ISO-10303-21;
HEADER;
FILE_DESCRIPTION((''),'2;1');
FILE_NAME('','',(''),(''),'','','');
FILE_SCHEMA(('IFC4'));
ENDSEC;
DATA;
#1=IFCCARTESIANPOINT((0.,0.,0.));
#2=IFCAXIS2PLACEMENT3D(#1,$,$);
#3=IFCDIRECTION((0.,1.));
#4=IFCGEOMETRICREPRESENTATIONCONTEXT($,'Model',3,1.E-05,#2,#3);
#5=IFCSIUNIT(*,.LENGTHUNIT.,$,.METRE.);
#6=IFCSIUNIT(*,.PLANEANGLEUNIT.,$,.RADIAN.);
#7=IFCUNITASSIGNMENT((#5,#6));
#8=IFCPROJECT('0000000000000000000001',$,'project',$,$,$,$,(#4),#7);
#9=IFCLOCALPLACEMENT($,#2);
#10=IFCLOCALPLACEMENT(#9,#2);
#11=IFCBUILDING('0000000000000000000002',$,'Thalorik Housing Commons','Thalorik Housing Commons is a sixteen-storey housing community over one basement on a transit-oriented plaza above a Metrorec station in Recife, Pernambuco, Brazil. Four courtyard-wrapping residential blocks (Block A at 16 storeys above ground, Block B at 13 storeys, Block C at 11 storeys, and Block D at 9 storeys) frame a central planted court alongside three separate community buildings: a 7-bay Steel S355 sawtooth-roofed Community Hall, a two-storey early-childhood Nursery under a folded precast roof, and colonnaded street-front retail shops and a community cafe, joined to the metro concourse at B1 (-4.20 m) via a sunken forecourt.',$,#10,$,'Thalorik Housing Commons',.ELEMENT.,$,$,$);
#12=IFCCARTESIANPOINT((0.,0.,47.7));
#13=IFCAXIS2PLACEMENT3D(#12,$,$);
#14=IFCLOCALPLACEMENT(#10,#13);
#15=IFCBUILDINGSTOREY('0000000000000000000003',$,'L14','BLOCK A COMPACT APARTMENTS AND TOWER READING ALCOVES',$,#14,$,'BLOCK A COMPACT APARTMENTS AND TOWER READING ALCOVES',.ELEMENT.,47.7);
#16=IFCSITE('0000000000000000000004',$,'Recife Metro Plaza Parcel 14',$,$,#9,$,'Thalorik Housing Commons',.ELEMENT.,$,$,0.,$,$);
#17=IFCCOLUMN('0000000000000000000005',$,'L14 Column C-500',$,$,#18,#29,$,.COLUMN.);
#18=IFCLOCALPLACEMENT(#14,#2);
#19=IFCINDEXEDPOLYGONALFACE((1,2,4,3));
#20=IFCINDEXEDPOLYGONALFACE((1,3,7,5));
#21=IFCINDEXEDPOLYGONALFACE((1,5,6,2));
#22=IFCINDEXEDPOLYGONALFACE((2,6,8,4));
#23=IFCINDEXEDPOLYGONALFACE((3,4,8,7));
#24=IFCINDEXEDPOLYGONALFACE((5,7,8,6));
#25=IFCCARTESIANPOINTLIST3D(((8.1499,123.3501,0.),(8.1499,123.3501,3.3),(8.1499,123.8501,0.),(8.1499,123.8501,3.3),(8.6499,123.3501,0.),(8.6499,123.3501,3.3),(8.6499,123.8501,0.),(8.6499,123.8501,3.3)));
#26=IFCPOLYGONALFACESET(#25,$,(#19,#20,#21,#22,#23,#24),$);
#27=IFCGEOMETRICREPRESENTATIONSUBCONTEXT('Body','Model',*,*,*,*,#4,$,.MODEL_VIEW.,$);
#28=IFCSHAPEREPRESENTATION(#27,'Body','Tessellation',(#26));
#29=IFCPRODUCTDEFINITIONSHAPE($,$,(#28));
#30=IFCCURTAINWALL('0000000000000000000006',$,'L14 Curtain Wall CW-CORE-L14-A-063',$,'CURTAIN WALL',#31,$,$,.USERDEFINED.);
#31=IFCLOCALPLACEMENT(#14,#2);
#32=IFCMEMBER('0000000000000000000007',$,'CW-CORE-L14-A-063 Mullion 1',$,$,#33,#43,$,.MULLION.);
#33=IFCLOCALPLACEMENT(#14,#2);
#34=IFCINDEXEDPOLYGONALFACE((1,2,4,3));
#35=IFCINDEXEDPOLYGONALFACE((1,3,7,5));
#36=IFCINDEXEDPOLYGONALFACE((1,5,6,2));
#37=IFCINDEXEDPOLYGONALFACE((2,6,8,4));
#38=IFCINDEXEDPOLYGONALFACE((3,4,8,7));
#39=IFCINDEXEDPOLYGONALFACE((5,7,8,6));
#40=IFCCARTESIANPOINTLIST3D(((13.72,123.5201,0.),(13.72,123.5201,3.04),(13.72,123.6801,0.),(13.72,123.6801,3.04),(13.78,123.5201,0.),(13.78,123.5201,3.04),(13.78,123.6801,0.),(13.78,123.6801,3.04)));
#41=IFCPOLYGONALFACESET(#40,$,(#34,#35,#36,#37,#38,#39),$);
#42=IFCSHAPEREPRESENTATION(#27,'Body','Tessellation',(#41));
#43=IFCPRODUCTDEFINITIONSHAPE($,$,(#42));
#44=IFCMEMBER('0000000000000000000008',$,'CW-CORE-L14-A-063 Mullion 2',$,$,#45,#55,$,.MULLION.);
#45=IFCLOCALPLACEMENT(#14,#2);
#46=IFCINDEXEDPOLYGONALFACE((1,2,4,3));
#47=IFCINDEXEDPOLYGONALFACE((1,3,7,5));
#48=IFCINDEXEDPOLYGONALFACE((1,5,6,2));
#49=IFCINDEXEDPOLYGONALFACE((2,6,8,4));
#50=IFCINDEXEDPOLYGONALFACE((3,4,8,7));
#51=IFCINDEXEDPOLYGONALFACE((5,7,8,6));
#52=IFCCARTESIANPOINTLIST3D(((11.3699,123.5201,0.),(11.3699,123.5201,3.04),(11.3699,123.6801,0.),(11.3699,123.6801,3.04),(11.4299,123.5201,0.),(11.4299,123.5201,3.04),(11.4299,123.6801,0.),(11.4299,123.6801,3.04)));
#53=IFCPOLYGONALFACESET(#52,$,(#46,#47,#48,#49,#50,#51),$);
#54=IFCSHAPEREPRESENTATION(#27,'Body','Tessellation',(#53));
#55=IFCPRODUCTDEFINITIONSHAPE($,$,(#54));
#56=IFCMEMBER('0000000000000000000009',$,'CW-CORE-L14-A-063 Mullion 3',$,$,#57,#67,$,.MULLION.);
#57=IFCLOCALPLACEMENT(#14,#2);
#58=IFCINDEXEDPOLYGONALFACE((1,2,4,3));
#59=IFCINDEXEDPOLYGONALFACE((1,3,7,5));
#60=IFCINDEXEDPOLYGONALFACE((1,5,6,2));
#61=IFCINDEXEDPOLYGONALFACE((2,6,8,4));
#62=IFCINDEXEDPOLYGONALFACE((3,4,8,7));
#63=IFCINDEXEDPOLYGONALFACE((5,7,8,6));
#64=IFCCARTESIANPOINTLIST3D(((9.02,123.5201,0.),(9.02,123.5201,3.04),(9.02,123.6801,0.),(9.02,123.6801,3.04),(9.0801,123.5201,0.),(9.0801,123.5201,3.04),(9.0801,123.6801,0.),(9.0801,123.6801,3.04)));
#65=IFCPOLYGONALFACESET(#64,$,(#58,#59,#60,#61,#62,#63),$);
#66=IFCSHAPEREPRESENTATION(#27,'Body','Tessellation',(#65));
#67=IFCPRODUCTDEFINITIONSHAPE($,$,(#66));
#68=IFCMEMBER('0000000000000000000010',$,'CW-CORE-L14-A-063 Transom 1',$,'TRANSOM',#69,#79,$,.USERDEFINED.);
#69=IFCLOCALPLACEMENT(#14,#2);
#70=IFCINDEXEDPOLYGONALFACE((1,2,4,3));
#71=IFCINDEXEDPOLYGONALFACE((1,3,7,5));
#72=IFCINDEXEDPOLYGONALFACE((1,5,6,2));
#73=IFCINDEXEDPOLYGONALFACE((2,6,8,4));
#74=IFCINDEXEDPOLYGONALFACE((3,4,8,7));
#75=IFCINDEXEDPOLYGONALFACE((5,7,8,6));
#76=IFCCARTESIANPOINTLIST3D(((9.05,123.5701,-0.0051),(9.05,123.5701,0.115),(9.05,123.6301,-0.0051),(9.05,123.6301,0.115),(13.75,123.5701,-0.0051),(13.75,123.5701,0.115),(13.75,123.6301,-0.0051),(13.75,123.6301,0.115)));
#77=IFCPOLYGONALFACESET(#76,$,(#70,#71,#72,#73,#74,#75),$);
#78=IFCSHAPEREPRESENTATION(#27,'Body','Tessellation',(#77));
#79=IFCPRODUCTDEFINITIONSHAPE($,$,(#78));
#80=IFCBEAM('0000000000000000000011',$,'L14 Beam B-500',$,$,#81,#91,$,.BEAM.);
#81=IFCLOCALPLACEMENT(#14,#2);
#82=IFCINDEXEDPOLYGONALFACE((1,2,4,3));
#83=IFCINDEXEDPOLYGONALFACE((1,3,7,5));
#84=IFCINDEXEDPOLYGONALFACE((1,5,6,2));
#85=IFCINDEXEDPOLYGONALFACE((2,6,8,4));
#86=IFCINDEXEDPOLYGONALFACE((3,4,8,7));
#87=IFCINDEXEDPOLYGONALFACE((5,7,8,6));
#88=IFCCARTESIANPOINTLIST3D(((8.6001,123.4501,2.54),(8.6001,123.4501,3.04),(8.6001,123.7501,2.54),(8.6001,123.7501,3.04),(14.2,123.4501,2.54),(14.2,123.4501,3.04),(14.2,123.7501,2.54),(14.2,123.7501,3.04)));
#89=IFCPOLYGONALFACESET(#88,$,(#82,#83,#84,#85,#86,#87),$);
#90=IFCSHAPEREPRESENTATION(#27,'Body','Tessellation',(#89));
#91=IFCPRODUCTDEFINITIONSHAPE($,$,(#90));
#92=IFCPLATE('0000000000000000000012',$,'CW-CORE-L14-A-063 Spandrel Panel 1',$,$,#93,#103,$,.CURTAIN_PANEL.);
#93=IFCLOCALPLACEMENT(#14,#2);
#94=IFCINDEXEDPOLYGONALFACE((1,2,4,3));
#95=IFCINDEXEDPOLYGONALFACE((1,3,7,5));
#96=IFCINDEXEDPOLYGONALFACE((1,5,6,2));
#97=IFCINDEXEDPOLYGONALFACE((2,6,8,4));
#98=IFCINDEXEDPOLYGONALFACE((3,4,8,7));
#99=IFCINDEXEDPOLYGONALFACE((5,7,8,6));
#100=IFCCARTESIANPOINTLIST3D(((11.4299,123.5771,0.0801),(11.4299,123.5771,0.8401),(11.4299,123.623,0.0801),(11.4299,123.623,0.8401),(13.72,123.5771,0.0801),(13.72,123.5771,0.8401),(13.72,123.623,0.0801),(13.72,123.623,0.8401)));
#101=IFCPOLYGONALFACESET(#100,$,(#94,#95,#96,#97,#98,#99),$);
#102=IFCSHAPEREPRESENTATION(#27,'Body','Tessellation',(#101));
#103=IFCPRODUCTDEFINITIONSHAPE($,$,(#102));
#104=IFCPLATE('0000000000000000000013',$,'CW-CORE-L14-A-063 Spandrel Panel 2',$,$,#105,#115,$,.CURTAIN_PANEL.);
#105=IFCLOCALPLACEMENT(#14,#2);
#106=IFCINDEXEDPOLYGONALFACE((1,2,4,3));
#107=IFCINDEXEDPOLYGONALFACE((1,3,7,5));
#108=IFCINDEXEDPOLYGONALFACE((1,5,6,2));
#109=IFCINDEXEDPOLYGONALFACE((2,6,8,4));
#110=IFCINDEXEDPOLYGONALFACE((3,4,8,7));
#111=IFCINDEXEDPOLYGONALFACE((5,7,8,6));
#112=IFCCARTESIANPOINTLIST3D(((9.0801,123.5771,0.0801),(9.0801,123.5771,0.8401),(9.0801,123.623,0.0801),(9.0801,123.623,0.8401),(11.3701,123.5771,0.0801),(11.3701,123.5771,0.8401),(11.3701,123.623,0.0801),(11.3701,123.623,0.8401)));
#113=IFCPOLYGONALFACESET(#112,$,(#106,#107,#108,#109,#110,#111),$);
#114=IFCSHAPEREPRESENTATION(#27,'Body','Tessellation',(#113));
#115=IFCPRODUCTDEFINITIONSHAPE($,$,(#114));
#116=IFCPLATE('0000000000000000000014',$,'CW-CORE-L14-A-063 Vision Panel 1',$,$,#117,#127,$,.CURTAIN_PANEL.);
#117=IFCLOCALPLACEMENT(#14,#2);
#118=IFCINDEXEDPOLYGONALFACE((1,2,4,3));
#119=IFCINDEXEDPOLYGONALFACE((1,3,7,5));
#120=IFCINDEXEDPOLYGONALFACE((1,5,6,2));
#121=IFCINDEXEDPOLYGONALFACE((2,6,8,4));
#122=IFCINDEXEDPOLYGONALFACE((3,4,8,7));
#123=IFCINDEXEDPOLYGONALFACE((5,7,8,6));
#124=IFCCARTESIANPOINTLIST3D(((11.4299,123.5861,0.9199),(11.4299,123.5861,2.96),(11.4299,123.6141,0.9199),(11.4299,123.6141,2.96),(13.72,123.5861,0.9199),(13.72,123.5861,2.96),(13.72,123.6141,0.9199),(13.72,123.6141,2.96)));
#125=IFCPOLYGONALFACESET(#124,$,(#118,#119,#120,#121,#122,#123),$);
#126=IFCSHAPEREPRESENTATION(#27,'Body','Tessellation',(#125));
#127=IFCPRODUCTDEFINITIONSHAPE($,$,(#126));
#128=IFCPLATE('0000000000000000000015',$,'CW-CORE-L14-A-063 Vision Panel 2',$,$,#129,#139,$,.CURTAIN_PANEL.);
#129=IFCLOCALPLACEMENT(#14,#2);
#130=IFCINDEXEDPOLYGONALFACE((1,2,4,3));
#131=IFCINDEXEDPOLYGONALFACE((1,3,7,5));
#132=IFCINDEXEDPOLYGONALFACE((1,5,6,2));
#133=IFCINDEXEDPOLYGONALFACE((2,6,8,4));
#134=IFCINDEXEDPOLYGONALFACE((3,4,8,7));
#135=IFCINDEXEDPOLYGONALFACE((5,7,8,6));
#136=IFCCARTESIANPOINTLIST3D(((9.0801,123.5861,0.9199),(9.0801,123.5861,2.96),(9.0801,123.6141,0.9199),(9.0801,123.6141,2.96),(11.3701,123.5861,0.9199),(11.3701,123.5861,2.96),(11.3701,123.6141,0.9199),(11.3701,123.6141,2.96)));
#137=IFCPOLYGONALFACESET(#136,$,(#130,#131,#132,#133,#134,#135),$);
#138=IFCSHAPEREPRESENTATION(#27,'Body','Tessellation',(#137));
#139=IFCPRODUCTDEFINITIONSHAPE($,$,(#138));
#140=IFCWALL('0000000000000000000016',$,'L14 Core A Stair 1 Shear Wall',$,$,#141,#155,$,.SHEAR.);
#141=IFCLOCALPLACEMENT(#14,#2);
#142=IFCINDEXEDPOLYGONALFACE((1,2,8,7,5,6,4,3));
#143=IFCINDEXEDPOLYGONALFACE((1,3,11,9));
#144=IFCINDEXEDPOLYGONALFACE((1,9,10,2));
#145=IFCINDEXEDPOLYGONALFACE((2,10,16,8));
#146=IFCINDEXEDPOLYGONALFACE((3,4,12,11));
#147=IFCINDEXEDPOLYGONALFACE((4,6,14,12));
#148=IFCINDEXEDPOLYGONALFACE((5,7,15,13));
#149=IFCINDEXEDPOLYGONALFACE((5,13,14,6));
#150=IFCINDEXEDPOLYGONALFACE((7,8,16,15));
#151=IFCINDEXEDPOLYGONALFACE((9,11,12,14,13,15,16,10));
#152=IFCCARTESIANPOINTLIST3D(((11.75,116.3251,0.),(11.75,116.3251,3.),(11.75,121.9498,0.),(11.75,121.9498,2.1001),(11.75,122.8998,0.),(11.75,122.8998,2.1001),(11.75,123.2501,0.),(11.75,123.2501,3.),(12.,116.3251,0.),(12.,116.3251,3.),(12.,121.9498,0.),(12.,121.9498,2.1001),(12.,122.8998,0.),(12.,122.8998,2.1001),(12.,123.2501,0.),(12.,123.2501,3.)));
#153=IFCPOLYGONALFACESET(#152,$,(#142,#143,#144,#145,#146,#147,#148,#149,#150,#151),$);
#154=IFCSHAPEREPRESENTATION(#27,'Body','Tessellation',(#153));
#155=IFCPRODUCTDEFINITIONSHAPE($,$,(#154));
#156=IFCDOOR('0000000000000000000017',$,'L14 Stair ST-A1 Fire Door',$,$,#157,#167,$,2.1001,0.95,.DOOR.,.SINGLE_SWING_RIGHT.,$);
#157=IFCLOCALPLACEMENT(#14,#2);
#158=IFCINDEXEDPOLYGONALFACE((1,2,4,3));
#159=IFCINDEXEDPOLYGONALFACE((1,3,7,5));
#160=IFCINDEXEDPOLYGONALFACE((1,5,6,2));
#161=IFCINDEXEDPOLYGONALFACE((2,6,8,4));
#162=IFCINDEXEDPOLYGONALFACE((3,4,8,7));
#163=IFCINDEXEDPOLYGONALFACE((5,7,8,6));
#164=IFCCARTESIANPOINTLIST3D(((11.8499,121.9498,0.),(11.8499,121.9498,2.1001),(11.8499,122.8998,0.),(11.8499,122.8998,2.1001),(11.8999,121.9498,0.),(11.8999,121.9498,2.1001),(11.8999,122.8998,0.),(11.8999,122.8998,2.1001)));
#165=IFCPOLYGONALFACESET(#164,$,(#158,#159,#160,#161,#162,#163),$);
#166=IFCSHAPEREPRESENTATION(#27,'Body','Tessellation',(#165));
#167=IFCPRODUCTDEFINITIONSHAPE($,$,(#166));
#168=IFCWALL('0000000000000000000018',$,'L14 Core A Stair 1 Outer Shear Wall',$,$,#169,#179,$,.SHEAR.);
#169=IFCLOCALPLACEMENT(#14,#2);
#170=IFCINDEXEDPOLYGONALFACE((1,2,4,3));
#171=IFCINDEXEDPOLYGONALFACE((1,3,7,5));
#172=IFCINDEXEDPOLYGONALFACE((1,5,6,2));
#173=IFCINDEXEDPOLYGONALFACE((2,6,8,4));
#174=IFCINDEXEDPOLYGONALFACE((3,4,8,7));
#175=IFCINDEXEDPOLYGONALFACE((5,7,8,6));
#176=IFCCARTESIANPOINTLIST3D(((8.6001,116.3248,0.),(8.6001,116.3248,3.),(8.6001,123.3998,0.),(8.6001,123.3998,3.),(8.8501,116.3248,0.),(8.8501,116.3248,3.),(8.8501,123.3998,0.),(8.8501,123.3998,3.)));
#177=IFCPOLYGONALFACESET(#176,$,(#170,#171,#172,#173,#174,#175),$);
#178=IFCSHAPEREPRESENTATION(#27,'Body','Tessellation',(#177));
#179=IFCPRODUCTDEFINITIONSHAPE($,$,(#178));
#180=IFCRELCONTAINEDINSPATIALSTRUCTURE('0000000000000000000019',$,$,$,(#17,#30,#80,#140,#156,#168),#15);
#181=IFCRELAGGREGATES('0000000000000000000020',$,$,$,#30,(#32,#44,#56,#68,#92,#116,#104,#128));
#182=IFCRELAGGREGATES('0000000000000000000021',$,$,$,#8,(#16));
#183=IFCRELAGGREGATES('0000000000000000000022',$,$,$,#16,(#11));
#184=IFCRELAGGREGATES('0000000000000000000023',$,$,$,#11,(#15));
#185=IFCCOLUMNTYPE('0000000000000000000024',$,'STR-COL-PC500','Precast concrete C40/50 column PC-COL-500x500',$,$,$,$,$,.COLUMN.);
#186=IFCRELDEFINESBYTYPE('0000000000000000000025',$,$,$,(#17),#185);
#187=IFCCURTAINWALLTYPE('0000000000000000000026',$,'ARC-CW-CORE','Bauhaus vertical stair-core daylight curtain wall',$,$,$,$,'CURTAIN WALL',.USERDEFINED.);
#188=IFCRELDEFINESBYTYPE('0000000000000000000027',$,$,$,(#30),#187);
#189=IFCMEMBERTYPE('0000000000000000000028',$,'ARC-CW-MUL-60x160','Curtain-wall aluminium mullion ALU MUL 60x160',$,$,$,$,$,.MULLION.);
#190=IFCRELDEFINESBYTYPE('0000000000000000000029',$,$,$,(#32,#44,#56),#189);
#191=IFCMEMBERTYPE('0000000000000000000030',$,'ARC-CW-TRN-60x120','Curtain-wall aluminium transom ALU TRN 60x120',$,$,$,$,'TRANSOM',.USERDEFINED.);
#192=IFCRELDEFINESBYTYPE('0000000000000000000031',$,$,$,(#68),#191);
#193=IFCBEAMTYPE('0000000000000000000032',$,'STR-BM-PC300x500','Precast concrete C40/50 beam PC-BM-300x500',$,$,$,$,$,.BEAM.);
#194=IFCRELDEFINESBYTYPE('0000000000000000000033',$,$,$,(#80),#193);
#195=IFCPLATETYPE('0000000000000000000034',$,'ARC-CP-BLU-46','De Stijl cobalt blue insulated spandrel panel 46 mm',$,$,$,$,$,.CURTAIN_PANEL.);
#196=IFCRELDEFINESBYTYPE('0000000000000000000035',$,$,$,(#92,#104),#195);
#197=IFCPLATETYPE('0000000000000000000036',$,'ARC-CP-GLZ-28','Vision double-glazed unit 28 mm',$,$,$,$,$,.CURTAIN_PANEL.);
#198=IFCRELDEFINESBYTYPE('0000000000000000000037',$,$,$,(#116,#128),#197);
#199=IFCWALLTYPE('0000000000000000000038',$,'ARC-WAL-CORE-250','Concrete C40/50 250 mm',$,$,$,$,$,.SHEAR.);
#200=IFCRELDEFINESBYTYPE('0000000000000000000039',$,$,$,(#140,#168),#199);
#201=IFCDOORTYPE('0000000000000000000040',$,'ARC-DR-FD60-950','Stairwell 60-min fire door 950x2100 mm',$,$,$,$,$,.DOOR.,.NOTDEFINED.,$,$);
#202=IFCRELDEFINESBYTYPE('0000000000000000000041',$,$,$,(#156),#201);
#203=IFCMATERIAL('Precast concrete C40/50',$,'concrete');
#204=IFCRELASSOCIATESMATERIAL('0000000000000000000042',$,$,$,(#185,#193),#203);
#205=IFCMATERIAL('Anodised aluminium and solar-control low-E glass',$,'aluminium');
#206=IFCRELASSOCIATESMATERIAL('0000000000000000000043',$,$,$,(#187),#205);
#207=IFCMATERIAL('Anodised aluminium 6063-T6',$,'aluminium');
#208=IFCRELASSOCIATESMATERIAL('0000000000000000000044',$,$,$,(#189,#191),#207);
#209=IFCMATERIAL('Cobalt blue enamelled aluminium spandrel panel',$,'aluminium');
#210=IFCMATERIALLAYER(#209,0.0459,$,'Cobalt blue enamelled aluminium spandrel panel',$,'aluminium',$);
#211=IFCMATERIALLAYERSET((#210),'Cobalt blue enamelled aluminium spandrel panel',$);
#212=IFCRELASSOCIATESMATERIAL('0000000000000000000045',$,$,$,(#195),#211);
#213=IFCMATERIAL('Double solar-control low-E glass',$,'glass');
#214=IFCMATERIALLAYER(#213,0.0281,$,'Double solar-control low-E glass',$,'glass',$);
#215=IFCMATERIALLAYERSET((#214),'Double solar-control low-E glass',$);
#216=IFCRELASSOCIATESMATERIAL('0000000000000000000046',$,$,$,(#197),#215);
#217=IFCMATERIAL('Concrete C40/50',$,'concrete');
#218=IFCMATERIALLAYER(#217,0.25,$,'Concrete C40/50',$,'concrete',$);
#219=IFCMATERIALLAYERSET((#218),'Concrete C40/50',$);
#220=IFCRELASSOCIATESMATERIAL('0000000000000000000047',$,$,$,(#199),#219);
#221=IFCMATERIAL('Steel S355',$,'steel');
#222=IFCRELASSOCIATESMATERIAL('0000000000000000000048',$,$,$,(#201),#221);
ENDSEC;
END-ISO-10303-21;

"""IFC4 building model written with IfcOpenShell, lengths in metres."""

from ifc_helpers import new_model, si_unit, direction, frame, frame_2d, origin, origin_2d, place, context, subcontext, project, spatial, rectangle, extrude, material, layer, layer_set, material_profile, profile_set, type_object, element, fill, aggregate, save


model = new_model("IFC4")

# Units and contexts
model_context = context("Model", 3, precision=1e-05, world=origin(), true_north=direction((0.0, 1.0)))
body_context = subcontext(model_context, "Body", "Model", "MODEL_VIEW")
ifc_project = project(units=[si_unit("LENGTHUNIT", "METRE"), si_unit("PLANEANGLEUNIT", "RADIAN")], contexts=[model_context])

# Site, building, storey
site_placement = place(None, origin())
site = spatial("IfcSite", under=ifc_project, at=site_placement, Name="Recife Metro Plaza Parcel 14", LongName="Thalorik Housing Commons", CompositionType="ELEMENT", RefElevation=0.0)
building_placement = place(site_placement, origin())
building = spatial("IfcBuilding", under=site, at=building_placement, Name="Thalorik Housing Commons", Description="Thalorik Housing Commons is a sixteen-storey housing community over one basement on a transit-oriented plaza above a Metrorec station in Recife, Pernambuco, Brazil. Four courtyard-wrapping residential blocks (Block A at 16 storeys above ground, Block B at 13 storeys, Block C at 11 storeys, and Block D at 9 storeys) frame a central planted court alongside three separate community buildings: a 7-bay Steel S355 sawtooth-roofed Community Hall, a two-storey early-childhood Nursery under a folded precast roof, and colonnaded street-front retail shops and a community cafe, joined to the metro concourse at B1 (-4.20 m) via a sunken forecourt.", LongName="Thalorik Housing Commons", CompositionType="ELEMENT")
storey_placement = place(building_placement, frame((0.0, 0.0, 47.7)))
storey = spatial("IfcBuildingStorey", under=building, at=storey_placement, Name="L14", Description="BLOCK A COMPACT APARTMENTS AND TOWER READING ALCOVES", LongName="BLOCK A COMPACT APARTMENTS AND TOWER READING ALCOVES", CompositionType="ELEMENT", Elevation=47.7)

# Column
ifc_material_1 = material(Name="Precast concrete C40/50", Category="concrete")
ifc_material_profile_1 = material_profile(ifc_material_1, rectangle(XDim=0.5, YDim=0.5, at=origin_2d()), Name="PC 500x500", Category="concrete")
ifc_profile_set_1 = profile_set([ifc_material_profile_1], Name="Precast concrete C40/50")
column_type = type_object("IfcColumnType", Name="STR-COL-PC500", Description="Precast concrete C40/50 column PC-COL-500x500", PredefinedType="COLUMN", material=ifc_profile_set_1)
column_placement = place(storey_placement, frame((8.3999, 123.6001, 0.0), z_axis=(0.0, 0.0, 1.0), x_axis=(1.0, 0.0, 0.0)))
element("IfcColumn", 1, at=column_placement, inside=storey, type_object=column_type, Name="L14 Column C-500", PredefinedType="COLUMN", context=body_context, shape_type="SweptSolid", body=[
    extrude(rectangle(XDim=0.5, YDim=0.5, at=origin_2d()), origin(), (0.0, 0.0, 1.0), 3.3),
])

# Curtain wall, members
ifc_material_2 = material(Name="Anodised aluminium and solar-control low-E glass", Category="aluminium")
curtain_wall_type = type_object("IfcCurtainWallType", Name="ARC-CW-CORE", Description="Bauhaus vertical stair-core daylight curtain wall", ElementType="CURTAIN WALL", PredefinedType="USERDEFINED", material=ifc_material_2)
curtain_wall_placement = place(storey_placement, origin())
curtain_wall = element("IfcCurtainWall", 2, at=curtain_wall_placement, inside=storey, type_object=curtain_wall_type, Name="L14 Curtain Wall CW-CORE-L14-A-063", ObjectType="CURTAIN WALL", PredefinedType="USERDEFINED")
ifc_material_3 = material(Name="Anodised aluminium 6063-T6", Category="aluminium")
ifc_material_profile_2 = material_profile(ifc_material_3, rectangle(XDim=0.0601, YDim=0.1599, at=origin_2d()), Name="ALU MUL 60x160", Category="aluminium")
ifc_profile_set_2 = profile_set([ifc_material_profile_2], Name="Anodised aluminium 6063-T6")
member_type_1 = type_object("IfcMemberType", Name="ARC-CW-MUL-60x160", Description="Curtain-wall aluminium mullion ALU MUL 60x160", PredefinedType="MULLION", material=ifc_profile_set_2)
member_1_placement = place(storey_placement, frame((13.75, 123.6001, 0.0), z_axis=(0.0, 0.0, 1.0), x_axis=(-1.0, 0.0, 0.0)))
member_1 = element("IfcMember", 3, at=member_1_placement, type_object=member_type_1, Name="CW-CORE-L14-A-063 Mullion 1", PredefinedType="MULLION", context=body_context, shape_type="SweptSolid", body=[
    extrude(rectangle(XDim=0.0601, YDim=0.1599, at=origin_2d()), origin(), (0.0, 0.0, 1.0), 3.04),
])
member_2_placement = place(storey_placement, frame((11.3999, 123.6001, 0.0), z_axis=(0.0, 0.0, 1.0), x_axis=(-1.0, 0.0, 0.0)))
member_2 = element("IfcMember", 4, at=member_2_placement, type_object=member_type_1, Name="CW-CORE-L14-A-063 Mullion 2", PredefinedType="MULLION", context=body_context, shape_type="SweptSolid", body=[
    extrude(rectangle(XDim=0.0601, YDim=0.1599, at=origin_2d()), origin(), (0.0, 0.0, 1.0), 3.04),
])
member_3_placement = place(storey_placement, frame((9.05, 123.6001, 0.0), z_axis=(0.0, 0.0, 1.0), x_axis=(-1.0, 0.0, 0.0)))
member_3 = element("IfcMember", 5, at=member_3_placement, type_object=member_type_1, Name="CW-CORE-L14-A-063 Mullion 3", PredefinedType="MULLION", context=body_context, shape_type="SweptSolid", body=[
    extrude(rectangle(XDim=0.0601, YDim=0.1599, at=origin_2d()), origin(), (0.0, 0.0, 1.0), 3.04),
])
ifc_material_profile_3 = material_profile(ifc_material_3, rectangle(XDim=0.0601, YDim=0.1201, at=origin_2d()), Name="ALU TRN 60x120", Category="aluminium")
ifc_profile_set_3 = profile_set([ifc_material_profile_3], Name="Anodised aluminium 6063-T6")
member_type_2 = type_object("IfcMemberType", Name="ARC-CW-TRN-60x120", Description="Curtain-wall aluminium transom ALU TRN 60x120", ElementType="TRANSOM", PredefinedType="USERDEFINED", material=ifc_profile_set_3)
member_4_placement = place(storey_placement, frame((13.75, 123.6001, 0.0549), z_axis=(-1.0, 0.0, 0.0), x_axis=(0.0, -1.0, 0.0)))
member_4 = element("IfcMember", 6, at=member_4_placement, type_object=member_type_2, Name="CW-CORE-L14-A-063 Transom 1", ObjectType="TRANSOM", PredefinedType="USERDEFINED", context=body_context, shape_type="SweptSolid", body=[
    extrude(rectangle(XDim=0.0601, YDim=0.1201, at=origin_2d()), origin(), (0.0, 0.0, 1.0), 4.7),
])

# Beam
ifc_material_profile_4 = material_profile(ifc_material_1, rectangle(XDim=0.3, YDim=0.5, at=origin_2d()), Name="PC 300x500", Category="concrete")
ifc_profile_set_4 = profile_set([ifc_material_profile_4], Name="Precast concrete C40/50")
beam_type = type_object("IfcBeamType", Name="STR-BM-PC300x500", Description="Precast concrete C40/50 beam PC-BM-300x500", PredefinedType="BEAM", material=ifc_profile_set_4)
beam_placement = place(storey_placement, frame((8.6001, 123.6001, 2.79), z_axis=(1.0, 0.0, 0.0), x_axis=(0.0, 1.0, 0.0)))
element("IfcBeam", 7, at=beam_placement, inside=storey, type_object=beam_type, Name="L14 Beam B-500", PredefinedType="BEAM", context=body_context, shape_type="SweptSolid", body=[
    extrude(rectangle(XDim=0.3, YDim=0.5, at=origin_2d()), origin(), (0.0, 0.0, 1.0), 5.5999),
])

# Plates
ifc_material_4 = material(Name="Cobalt blue enamelled aluminium spandrel panel", Category="aluminium")
ifc_layer_1 = layer(ifc_material_4, 0.0459, Name="Cobalt blue enamelled aluminium spandrel panel", Category="aluminium")
ifc_layer_set_1 = layer_set([ifc_layer_1], Name="Cobalt blue enamelled aluminium spandrel panel")
plate_type_1 = type_object("IfcPlateType", Name="ARC-CP-BLU-46", Description="De Stijl cobalt blue insulated spandrel panel 46 mm", PredefinedType="CURTAIN_PANEL", material=ifc_layer_set_1)
plate_1_placement = place(storey_placement, frame((12.575, 123.6001, 0.0801), z_axis=(0.0, 0.0, 1.0), x_axis=(-1.0, 0.0, 0.0)))
plate_1 = element("IfcPlate", 8, at=plate_1_placement, type_object=plate_type_1, Name="CW-CORE-L14-A-063 Spandrel Panel 1", PredefinedType="CURTAIN_PANEL", context=body_context, shape_type="SweptSolid", body=[
    extrude(rectangle(XDim=2.29, YDim=0.0459, at=origin_2d()), origin(), (0.0, 0.0, 1.0), 0.76),
])
plate_2_placement = place(storey_placement, frame((10.2251, 123.6001, 0.0801), z_axis=(0.0, 0.0, 1.0), x_axis=(-1.0, 0.0, 0.0)))
plate_2 = element("IfcPlate", 9, at=plate_2_placement, type_object=plate_type_1, Name="CW-CORE-L14-A-063 Spandrel Panel 2", PredefinedType="CURTAIN_PANEL", context=body_context, shape_type="SweptSolid", body=[
    extrude(rectangle(XDim=2.29, YDim=0.0459, at=origin_2d()), origin(), (0.0, 0.0, 1.0), 0.76),
])
ifc_material_5 = material(Name="Double solar-control low-E glass", Category="glass")
ifc_layer_2 = layer(ifc_material_5, 0.0281, Name="Double solar-control low-E glass", Category="glass")
ifc_layer_set_2 = layer_set([ifc_layer_2], Name="Double solar-control low-E glass")
plate_type_2 = type_object("IfcPlateType", Name="ARC-CP-GLZ-28", Description="Vision double-glazed unit 28 mm", PredefinedType="CURTAIN_PANEL", material=ifc_layer_set_2)
plate_3_placement = place(storey_placement, frame((12.575, 123.6001, 0.9199), z_axis=(0.0, 0.0, 1.0), x_axis=(-1.0, 0.0, 0.0)))
plate_3 = element("IfcPlate", 10, at=plate_3_placement, type_object=plate_type_2, Name="CW-CORE-L14-A-063 Vision Panel 1", PredefinedType="CURTAIN_PANEL", context=body_context, shape_type="SweptSolid", body=[
    extrude(rectangle(XDim=2.29, YDim=0.0281, at=origin_2d()), origin(), (0.0, 0.0, 1.0), 2.04),
])
plate_4_placement = place(storey_placement, frame((10.2251, 123.6001, 0.9199), z_axis=(0.0, 0.0, 1.0), x_axis=(-1.0, 0.0, 0.0)))
plate_4 = element("IfcPlate", 11, at=plate_4_placement, type_object=plate_type_2, Name="CW-CORE-L14-A-063 Vision Panel 2", PredefinedType="CURTAIN_PANEL", context=body_context, shape_type="SweptSolid", body=[
    extrude(rectangle(XDim=2.29, YDim=0.0281, at=origin_2d()), origin(), (0.0, 0.0, 1.0), 2.04),
])
aggregate(curtain_wall, [member_1, member_2, member_3, member_4, plate_1, plate_3, plate_2, plate_4])

# Wall, opening, door
ifc_material_6 = material(Name="Concrete C40/50", Category="concrete")
ifc_layer_3 = layer(ifc_material_6, 0.25, Name="Concrete C40/50", Category="concrete")
ifc_layer_set_3 = layer_set([ifc_layer_3], Name="Concrete C40/50")
wall_type_1 = type_object("IfcWallType", Name="ARC-WAL-CORE-250", Description="Concrete C40/50 250 mm", PredefinedType="SHEAR", material=ifc_layer_set_3)
wall_1_placement = place(storey_placement, frame((11.875, 123.25, 0.0), z_axis=(0.0, 0.0, 1.0), x_axis=(0.0, -1.0, 0.0)))
wall_1 = element("IfcWall", 12, at=wall_1_placement, inside=storey, type_object=wall_type_1, Name="L14 Core A Stair 1 Shear Wall", PredefinedType="SHEAR", context=body_context, shape_type="SweptSolid", body=[
    extrude(rectangle(XDim=6.925, YDim=0.25, at=frame_2d((3.4624, 0.0))), origin(), (0.0, 0.0, 1.0), 3.0),
])
opening_1_placement = place(wall_1_placement, frame((0.3501, 0.0, 0.0)))
opening_1 = element("IfcOpeningElement", 13, at=opening_1_placement, cuts=wall_1, PredefinedType="OPENING", context=body_context, shape_type="SweptSolid", body=[
    extrude(rectangle(XDim=0.95, YDim=2.1001, at=frame_2d((0.4751, 1.05))), frame((0.0, 0.135, 0.0), z_axis=(0.0, -1.0, 0.0), x_axis=(1.0, 0.0, 0.0)), (0.0, 0.0, 1.0), 0.27),
])
ifc_material_7 = material(Name="Steel S355", Category="steel")
door_type = type_object("IfcDoorType", Name="ARC-DR-FD60-950", Description="Stairwell 60-min fire door 950x2100 mm", OperationType="NOTDEFINED", PredefinedType="DOOR", material=ifc_material_7)
door_placement = place(opening_1_placement, origin())
door = element("IfcDoor", 14, at=door_placement, inside=storey, type_object=door_type, Name="L14 Stair ST-A1 Fire Door", OperationType="SINGLE_SWING_RIGHT", OverallHeight=2.1001, OverallWidth=0.95, PredefinedType="DOOR", context=body_context, shape_type="SweptSolid", body=[
    extrude(rectangle(XDim=0.95, YDim=2.1001, at=frame_2d((0.4751, 1.05))), frame((0.0, 0.0249, 0.0), z_axis=(0.0, -1.0, 0.0), x_axis=(1.0, 0.0, 0.0)), (0.0, 0.0, 1.0), 0.05),
])
fill(opening_1, door)

# Wall
wall_2_placement = place(storey_placement, frame((8.7251, 123.3999, 0.0), z_axis=(0.0, 0.0, 1.0), x_axis=(0.0, -1.0, 0.0)))
element("IfcWall", 15, at=wall_2_placement, inside=storey, type_object=wall_type_1, Name="L14 Core A Stair 1 Outer Shear Wall", PredefinedType="SHEAR", context=body_context, shape_type="SweptSolid", body=[
    extrude(rectangle(XDim=7.075, YDim=0.25, at=frame_2d((3.5376, 0.0))), origin(), (0.0, 0.0, 1.0), 3.0),
])

save(model, "model.ifc")
